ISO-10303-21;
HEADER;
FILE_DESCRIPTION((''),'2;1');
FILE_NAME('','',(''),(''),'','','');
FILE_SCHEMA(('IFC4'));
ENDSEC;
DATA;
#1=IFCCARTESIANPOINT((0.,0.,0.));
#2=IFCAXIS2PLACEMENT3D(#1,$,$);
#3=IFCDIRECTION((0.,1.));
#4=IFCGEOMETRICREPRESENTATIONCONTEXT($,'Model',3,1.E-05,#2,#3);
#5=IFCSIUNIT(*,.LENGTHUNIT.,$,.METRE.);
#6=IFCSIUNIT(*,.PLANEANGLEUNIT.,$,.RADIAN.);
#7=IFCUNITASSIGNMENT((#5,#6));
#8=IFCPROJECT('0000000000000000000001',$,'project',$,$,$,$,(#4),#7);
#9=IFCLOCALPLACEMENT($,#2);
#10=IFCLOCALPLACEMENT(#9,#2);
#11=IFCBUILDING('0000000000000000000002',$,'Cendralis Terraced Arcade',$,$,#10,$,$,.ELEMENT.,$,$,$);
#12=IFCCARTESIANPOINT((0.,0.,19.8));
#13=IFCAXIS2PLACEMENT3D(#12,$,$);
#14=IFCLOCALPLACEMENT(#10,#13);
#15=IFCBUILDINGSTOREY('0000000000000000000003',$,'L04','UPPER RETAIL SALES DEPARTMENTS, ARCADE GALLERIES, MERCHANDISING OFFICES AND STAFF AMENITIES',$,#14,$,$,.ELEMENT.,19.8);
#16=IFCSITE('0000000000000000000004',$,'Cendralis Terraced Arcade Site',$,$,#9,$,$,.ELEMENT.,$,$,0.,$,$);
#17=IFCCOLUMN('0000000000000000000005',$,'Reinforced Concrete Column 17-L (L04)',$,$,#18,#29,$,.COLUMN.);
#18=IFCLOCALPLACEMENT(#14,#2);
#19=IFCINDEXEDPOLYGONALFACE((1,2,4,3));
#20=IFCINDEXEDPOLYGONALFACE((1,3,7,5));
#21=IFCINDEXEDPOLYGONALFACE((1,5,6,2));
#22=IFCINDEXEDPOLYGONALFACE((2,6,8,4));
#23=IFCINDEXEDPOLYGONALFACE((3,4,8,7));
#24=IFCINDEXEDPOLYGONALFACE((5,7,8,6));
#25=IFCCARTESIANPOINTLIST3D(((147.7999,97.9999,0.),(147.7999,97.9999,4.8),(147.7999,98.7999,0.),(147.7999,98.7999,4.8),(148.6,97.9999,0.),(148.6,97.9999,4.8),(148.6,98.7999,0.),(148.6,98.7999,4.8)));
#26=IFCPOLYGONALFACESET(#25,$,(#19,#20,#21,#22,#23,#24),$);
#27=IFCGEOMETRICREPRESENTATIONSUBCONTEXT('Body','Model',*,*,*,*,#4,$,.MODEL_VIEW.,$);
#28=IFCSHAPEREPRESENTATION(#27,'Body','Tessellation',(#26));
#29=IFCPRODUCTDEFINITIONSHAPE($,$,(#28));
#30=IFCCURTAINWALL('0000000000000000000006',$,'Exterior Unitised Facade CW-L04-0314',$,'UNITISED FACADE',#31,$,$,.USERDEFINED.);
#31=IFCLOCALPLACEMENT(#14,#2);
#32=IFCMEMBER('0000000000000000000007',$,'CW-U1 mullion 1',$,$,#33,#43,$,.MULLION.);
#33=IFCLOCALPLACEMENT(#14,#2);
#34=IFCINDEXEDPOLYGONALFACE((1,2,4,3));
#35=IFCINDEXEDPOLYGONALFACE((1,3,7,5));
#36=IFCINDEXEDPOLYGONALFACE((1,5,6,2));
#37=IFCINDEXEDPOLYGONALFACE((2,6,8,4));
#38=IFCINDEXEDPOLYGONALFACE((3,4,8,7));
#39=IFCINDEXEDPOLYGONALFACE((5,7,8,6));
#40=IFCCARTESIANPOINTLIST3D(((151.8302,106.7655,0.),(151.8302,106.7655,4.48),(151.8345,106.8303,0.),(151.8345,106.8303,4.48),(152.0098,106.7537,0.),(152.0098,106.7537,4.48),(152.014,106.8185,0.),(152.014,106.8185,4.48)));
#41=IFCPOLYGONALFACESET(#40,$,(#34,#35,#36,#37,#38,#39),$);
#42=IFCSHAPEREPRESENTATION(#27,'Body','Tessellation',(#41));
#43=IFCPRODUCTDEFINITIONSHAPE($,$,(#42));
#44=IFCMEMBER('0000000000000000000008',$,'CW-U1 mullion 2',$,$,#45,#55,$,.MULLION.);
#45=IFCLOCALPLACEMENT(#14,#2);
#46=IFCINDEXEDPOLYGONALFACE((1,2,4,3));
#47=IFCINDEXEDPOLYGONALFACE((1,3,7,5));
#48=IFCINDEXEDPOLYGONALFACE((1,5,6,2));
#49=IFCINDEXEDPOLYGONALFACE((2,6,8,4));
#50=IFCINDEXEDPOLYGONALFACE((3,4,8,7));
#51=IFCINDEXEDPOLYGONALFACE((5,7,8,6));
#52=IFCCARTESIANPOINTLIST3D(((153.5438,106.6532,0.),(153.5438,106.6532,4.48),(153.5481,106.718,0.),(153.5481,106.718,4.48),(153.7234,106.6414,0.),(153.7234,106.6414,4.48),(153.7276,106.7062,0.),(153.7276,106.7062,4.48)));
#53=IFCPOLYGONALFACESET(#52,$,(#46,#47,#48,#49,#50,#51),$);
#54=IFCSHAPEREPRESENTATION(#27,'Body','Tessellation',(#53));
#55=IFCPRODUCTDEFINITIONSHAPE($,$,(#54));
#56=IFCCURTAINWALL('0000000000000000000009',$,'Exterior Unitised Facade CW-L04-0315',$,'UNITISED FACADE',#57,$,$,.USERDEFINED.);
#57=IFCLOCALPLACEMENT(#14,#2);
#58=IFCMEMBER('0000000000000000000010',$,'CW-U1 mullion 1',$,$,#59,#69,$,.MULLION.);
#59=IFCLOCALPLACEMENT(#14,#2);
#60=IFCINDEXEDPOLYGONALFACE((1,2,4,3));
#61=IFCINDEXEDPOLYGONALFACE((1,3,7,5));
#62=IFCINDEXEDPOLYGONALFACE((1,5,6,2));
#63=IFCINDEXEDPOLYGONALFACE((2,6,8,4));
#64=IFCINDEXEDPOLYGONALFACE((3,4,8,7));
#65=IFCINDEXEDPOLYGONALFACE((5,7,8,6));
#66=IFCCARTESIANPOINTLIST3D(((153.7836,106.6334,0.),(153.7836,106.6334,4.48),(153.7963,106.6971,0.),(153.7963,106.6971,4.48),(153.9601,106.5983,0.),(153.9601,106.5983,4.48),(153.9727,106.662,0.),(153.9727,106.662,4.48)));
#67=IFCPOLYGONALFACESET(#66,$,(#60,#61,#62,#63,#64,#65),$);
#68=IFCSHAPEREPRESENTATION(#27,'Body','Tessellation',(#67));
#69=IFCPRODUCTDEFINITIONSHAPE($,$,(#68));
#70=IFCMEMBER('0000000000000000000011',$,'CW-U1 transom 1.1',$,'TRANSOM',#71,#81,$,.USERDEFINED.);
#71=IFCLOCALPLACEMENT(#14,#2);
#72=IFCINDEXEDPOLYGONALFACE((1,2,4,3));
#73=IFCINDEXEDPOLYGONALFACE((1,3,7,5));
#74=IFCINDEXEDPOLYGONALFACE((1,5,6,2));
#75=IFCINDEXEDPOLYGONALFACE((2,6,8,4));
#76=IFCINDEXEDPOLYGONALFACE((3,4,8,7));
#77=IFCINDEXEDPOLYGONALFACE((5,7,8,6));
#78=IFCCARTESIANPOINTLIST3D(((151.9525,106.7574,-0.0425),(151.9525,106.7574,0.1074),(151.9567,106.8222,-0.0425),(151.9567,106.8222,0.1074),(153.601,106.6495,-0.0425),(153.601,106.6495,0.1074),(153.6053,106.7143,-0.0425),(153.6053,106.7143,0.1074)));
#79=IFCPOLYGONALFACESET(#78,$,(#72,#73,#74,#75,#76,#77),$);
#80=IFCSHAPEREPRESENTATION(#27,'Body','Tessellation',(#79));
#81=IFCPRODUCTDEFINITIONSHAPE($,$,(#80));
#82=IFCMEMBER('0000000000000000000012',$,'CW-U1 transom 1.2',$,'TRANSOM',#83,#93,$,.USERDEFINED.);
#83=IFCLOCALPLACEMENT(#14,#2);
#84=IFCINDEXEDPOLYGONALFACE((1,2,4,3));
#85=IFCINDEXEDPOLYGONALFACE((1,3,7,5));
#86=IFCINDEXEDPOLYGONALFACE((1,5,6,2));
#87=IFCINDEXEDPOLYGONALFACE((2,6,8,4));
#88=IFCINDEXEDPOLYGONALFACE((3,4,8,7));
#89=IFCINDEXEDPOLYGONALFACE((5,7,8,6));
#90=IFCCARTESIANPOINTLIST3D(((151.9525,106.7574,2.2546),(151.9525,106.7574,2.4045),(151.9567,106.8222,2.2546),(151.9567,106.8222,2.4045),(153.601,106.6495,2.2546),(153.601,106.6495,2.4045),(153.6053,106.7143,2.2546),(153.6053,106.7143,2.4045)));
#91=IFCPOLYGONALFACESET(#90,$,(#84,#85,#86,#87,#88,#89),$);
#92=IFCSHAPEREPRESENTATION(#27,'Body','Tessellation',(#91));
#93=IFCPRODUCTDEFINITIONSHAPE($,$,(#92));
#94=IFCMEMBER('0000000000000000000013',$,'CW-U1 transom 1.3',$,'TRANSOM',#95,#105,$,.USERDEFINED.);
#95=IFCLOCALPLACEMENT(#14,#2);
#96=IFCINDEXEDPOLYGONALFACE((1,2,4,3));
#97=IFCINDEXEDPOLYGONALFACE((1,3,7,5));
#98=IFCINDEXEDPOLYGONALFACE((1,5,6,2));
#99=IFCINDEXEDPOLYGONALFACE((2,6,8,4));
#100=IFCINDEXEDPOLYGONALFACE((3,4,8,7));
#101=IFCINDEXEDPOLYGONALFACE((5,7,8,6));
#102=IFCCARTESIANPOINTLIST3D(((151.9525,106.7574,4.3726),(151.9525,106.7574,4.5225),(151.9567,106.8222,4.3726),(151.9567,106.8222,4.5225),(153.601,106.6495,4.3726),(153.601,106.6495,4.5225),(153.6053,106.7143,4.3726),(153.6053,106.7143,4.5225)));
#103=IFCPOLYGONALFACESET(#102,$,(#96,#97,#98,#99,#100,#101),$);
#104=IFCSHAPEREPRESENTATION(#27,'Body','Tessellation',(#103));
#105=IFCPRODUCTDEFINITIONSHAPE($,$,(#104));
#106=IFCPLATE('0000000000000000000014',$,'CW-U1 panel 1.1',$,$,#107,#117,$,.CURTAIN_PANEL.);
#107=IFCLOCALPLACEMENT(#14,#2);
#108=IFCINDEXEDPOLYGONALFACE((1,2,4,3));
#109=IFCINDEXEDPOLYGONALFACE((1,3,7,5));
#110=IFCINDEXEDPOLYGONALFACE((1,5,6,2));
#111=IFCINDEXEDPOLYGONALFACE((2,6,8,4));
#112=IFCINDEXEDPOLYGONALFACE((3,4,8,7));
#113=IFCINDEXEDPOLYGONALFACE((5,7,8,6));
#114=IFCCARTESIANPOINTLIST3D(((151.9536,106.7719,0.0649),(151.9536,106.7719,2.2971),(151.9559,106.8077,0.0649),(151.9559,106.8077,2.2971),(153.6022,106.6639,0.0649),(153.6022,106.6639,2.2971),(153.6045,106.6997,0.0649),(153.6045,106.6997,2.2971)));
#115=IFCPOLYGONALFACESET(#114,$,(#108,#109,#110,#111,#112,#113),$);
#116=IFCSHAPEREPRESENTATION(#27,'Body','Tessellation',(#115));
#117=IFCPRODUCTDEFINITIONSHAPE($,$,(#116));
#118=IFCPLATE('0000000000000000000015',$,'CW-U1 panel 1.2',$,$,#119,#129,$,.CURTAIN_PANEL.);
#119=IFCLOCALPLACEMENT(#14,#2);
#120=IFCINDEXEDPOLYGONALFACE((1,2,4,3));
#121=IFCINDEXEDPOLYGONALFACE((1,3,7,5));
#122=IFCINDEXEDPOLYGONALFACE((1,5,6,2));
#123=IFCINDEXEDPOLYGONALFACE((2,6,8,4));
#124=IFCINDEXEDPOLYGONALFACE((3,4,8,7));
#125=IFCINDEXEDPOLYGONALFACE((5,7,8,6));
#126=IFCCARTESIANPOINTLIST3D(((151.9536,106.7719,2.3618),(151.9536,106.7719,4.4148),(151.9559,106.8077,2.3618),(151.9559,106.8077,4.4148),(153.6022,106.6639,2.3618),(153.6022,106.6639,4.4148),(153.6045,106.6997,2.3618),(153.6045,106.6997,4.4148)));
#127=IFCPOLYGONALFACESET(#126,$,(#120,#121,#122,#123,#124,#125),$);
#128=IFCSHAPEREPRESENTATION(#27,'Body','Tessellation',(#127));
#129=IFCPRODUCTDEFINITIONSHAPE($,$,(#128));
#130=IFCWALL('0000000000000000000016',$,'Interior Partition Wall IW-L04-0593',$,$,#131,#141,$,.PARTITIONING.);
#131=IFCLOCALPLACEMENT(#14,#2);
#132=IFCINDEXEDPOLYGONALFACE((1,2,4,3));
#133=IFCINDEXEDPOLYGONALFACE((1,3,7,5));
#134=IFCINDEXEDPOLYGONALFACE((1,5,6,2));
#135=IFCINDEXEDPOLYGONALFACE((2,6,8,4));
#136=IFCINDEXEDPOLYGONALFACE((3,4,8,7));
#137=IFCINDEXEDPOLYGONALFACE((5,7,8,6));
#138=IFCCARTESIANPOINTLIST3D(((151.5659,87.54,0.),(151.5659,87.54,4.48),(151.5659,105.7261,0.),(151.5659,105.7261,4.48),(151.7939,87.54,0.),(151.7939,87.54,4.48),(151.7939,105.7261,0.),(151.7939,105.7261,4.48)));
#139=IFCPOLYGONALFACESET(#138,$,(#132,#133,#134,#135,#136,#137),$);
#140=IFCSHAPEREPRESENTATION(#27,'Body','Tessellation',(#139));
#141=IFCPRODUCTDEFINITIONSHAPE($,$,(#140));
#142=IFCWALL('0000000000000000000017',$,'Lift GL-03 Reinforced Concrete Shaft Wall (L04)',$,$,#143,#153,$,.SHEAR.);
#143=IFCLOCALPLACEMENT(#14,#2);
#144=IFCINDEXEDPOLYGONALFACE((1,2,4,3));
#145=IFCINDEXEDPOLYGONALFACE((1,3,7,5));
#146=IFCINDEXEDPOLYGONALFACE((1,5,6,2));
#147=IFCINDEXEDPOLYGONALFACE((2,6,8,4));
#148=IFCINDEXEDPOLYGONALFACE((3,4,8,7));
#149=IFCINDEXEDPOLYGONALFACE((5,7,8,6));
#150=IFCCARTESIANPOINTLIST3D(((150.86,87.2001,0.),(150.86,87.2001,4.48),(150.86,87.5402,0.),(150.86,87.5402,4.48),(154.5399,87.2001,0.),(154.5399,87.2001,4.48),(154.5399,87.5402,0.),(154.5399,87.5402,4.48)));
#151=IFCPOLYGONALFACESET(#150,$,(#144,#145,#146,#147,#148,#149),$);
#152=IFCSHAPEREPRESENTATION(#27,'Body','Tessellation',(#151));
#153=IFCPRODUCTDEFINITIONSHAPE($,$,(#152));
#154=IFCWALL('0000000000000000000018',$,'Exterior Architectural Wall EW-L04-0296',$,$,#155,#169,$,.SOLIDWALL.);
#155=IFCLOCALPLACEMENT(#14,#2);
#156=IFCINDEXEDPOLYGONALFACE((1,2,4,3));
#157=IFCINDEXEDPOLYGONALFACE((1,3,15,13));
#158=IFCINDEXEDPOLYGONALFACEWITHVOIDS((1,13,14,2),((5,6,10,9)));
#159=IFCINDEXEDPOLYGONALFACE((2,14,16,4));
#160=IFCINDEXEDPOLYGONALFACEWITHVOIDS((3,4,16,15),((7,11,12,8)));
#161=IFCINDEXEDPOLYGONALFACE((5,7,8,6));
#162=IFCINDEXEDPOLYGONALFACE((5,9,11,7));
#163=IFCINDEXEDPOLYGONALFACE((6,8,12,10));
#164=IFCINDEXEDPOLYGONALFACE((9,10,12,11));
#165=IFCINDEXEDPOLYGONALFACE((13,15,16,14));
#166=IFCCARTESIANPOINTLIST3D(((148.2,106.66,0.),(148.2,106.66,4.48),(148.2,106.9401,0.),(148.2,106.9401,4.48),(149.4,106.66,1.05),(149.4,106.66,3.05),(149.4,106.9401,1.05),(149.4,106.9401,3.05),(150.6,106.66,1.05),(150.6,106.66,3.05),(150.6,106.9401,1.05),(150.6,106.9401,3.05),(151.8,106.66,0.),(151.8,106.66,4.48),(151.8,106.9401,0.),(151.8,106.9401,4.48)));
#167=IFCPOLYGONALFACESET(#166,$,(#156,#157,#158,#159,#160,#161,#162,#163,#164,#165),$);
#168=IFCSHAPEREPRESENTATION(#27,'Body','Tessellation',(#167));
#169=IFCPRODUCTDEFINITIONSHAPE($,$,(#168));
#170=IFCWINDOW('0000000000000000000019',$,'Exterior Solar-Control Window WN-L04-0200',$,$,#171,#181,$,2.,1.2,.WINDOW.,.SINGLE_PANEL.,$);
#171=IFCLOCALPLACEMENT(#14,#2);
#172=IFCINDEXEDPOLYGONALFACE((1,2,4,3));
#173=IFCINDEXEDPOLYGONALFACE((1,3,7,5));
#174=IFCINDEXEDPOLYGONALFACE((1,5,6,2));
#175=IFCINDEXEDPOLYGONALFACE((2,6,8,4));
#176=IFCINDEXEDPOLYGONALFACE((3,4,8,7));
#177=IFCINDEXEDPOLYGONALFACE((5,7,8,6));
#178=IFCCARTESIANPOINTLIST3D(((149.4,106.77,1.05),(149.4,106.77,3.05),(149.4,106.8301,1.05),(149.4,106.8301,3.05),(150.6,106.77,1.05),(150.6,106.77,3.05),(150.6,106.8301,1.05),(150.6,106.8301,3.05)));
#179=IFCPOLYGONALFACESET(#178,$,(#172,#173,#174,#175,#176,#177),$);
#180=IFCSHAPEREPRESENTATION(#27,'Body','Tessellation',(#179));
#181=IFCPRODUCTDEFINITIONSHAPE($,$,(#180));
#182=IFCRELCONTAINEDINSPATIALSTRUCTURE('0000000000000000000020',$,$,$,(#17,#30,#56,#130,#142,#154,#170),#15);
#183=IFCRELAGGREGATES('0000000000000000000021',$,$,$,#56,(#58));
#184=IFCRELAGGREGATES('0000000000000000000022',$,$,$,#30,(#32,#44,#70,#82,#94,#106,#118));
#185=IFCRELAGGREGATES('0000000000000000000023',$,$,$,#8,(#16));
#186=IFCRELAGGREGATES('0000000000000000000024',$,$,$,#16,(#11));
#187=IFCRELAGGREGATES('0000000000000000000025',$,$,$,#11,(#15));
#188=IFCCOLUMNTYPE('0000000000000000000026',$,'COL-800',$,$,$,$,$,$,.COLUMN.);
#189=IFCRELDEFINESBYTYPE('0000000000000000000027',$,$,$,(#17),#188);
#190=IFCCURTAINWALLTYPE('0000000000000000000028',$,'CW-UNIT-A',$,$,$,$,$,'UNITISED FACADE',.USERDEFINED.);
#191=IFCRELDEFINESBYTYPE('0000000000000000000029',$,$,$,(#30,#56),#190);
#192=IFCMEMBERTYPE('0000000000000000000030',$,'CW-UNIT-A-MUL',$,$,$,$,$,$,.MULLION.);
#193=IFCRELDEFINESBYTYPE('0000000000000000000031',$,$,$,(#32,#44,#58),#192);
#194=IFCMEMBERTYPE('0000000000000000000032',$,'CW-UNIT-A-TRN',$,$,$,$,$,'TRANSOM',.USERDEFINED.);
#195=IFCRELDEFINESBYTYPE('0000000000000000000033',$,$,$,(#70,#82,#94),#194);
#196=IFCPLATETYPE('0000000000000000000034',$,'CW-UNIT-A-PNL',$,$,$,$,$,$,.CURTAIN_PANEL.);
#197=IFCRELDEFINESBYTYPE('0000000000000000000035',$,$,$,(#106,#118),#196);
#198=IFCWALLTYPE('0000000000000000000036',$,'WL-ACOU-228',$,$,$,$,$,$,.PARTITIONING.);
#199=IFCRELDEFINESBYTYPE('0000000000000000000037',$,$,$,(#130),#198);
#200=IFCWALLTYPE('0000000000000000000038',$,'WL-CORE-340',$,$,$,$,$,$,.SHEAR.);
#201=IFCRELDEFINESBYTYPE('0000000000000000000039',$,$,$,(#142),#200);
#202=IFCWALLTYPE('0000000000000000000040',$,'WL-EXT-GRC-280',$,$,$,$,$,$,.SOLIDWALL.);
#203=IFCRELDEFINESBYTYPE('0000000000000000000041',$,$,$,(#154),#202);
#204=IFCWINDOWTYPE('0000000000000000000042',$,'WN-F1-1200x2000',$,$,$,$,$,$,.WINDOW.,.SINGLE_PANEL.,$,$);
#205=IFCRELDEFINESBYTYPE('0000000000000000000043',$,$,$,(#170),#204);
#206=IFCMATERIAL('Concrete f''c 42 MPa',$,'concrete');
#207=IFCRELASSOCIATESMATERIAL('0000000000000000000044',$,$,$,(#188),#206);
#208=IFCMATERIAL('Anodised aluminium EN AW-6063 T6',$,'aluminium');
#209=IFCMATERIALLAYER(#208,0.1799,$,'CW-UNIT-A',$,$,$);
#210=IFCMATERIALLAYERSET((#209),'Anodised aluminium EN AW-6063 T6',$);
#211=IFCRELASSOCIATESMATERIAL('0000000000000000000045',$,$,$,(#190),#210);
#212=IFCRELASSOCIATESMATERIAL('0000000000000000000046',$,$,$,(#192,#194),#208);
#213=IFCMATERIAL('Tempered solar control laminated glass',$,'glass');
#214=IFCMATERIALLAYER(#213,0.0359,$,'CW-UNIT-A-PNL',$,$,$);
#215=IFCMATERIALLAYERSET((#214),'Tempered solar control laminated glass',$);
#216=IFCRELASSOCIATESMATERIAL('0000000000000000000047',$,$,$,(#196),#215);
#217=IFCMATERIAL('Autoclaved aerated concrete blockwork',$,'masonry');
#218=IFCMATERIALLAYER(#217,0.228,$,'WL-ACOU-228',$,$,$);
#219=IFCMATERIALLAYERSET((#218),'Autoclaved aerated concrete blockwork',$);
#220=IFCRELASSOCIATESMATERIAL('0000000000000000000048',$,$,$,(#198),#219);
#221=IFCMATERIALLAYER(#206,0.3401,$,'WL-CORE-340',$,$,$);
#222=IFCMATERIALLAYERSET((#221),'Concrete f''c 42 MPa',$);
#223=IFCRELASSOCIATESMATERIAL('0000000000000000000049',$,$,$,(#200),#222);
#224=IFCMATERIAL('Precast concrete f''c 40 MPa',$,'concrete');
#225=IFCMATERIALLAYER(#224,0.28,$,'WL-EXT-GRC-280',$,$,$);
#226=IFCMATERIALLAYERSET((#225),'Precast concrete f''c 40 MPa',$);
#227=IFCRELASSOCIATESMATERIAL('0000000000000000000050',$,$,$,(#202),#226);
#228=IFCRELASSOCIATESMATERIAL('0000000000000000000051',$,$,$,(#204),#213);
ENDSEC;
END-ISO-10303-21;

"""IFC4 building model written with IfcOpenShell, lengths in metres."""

from ifc_helpers import new_model, si_unit, direction, frame, frame_2d, origin, origin_2d, place, context, subcontext, project, spatial, rectangle, extrude, material, layer, layer_set, material_profile, profile_set, type_object, element, fill, aggregate, save


model = new_model("IFC4")

# Units and contexts
model_context = context("Model", 3, precision=1e-05, world=origin(), true_north=direction((0.0, 1.0)))
body_context = subcontext(model_context, "Body", "Model", "MODEL_VIEW")
ifc_project = project(units=[si_unit("LENGTHUNIT", "METRE"), si_unit("PLANEANGLEUNIT", "RADIAN")], contexts=[model_context])

# Site, building, storey
site_placement = place(None, origin())
site = spatial("IfcSite", under=ifc_project, at=site_placement, Name="Cendralis Terraced Arcade Site", CompositionType="ELEMENT", RefElevation=0.0)
building_placement = place(site_placement, origin())
building = spatial("IfcBuilding", under=site, at=building_placement, Name="Cendralis Terraced Arcade", CompositionType="ELEMENT")
storey_placement = place(building_placement, frame((0.0, 0.0, 19.8)))
storey = spatial("IfcBuildingStorey", under=building, at=storey_placement, Name="L04", Description="UPPER RETAIL SALES DEPARTMENTS, ARCADE GALLERIES, MERCHANDISING OFFICES AND STAFF AMENITIES", CompositionType="ELEMENT", Elevation=19.8)

# Column
ifc_material_1 = material(Name="Concrete f'c 42 MPa", Category="concrete")
ifc_material_profile_1 = material_profile(ifc_material_1, rectangle(XDim=0.8, YDim=0.8, at=origin_2d()), Name="RC-COL-800x800", Category="LoadBearing")
ifc_profile_set_1 = profile_set([ifc_material_profile_1], Name="Concrete f'c 42 MPa")
column_type = type_object("IfcColumnType", Name="COL-800", PredefinedType="COLUMN", material=ifc_profile_set_1)
column_placement = place(storey_placement, frame((148.2, 98.3999, 0.0), z_axis=(0.0, 0.0, 1.0), x_axis=(1.0, 0.0, 0.0)))
element("IfcColumn", 1, at=column_placement, inside=storey, type_object=column_type, Name="Reinforced Concrete Column 17-L (L04)", PredefinedType="COLUMN", context=body_context, shape_type="SweptSolid", body=[
    extrude(rectangle(XDim=0.8, YDim=0.8, at=origin_2d()), origin(), (0.0, 0.0, 1.0), 4.8),
])

# Curtain wall, members
ifc_material_2 = material(Name="Anodised aluminium EN AW-6063 T6", Category="aluminium")
ifc_layer_1 = layer(ifc_material_2, 0.1799, Name="CW-UNIT-A")
ifc_layer_set_1 = layer_set([ifc_layer_1], Name="Anodised aluminium EN AW-6063 T6")
curtain_wall_type = type_object("IfcCurtainWallType", Name="CW-UNIT-A", ElementType="UNITISED FACADE", PredefinedType="USERDEFINED", material=ifc_layer_set_1)
curtain_wall_1_placement = place(storey_placement, origin())
curtain_wall_1 = element("IfcCurtainWall", 2, at=curtain_wall_1_placement, inside=storey, type_object=curtain_wall_type, Name="Exterior Unitised Facade CW-L04-0314", ObjectType="UNITISED FACADE", PredefinedType="USERDEFINED")
ifc_material_profile_2 = material_profile(ifc_material_2, rectangle(XDim=0.0649, YDim=0.1799, at=origin_2d()), Name="ALU-MUL-65x180")
ifc_profile_set_2 = profile_set([ifc_material_profile_2], Name="Anodised aluminium EN AW-6063 T6")
member_type_1 = type_object("IfcMemberType", Name="CW-UNIT-A-MUL", PredefinedType="MULLION", material=ifc_profile_set_2)
member_1_placement = place(storey_placement, frame((151.9221, 106.792, 0.0), z_axis=(0.0, 0.0, 1.0), x_axis=(0.065372, 0.997861, 0.0)))
member_1 = element("IfcMember", 3, at=member_1_placement, type_object=member_type_1, Name="CW-U1 mullion 1", PredefinedType="MULLION", context=body_context, shape_type="SweptSolid", body=[
    extrude(rectangle(XDim=0.0649, YDim=0.1799, at=origin_2d()), origin(), (0.0, 0.0, 1.0), 4.48),
])
member_2_placement = place(storey_placement, frame((153.6357, 106.6797, 0.0), z_axis=(0.0, 0.0, 1.0), x_axis=(0.065372, 0.997861, 0.0)))
member_2 = element("IfcMember", 4, at=member_2_placement, type_object=member_type_1, Name="CW-U1 mullion 2", PredefinedType="MULLION", context=body_context, shape_type="SweptSolid", body=[
    extrude(rectangle(XDim=0.0649, YDim=0.1799, at=origin_2d()), origin(), (0.0, 0.0, 1.0), 4.48),
])

# Curtain wall, member
curtain_wall_2_placement = place(storey_placement, origin())
curtain_wall_2 = element("IfcCurtainWall", 5, at=curtain_wall_2_placement, inside=storey, type_object=curtain_wall_type, Name="Exterior Unitised Facade CW-L04-0315", ObjectType="UNITISED FACADE", PredefinedType="USERDEFINED")
member_3_placement = place(storey_placement, frame((153.8782, 106.6477, 0.0), z_axis=(0.0, 0.0, 1.0), x_axis=(0.195058, 0.980792, 0.0)))
member_3 = element("IfcMember", 6, at=member_3_placement, type_object=member_type_1, Name="CW-U1 mullion 1", PredefinedType="MULLION", context=body_context, shape_type="SweptSolid", body=[
    extrude(rectangle(XDim=0.0649, YDim=0.1799, at=origin_2d()), origin(), (0.0, 0.0, 1.0), 4.48),
])
aggregate(curtain_wall_2, [member_3])

# Members
ifc_material_profile_3 = material_profile(ifc_material_2, rectangle(XDim=0.0649, YDim=0.1499, at=origin_2d()), Name="ALU-TRN-65x150")
ifc_profile_set_3 = profile_set([ifc_material_profile_3], Name="Anodised aluminium EN AW-6063 T6")
member_type_2 = type_object("IfcMemberType", Name="CW-UNIT-A-TRN", ElementType="TRANSOM", PredefinedType="USERDEFINED", material=ifc_profile_set_3)
member_4_placement = place(storey_placement, frame((151.9546, 106.7898, 0.0325), z_axis=(0.997865, -0.065313, 0.0), x_axis=(0.065313, 0.997865, 0.0)))
member_4 = element("IfcMember", 7, at=member_4_placement, type_object=member_type_2, Name="CW-U1 transom 1.1", ObjectType="TRANSOM", PredefinedType="USERDEFINED", context=body_context, shape_type="SweptSolid", body=[
    extrude(rectangle(XDim=0.0649, YDim=0.1499, at=origin_2d()), origin(), (0.0, 0.0, 1.0), 1.6521),
])
member_5_placement = place(storey_placement, frame((151.9546, 106.7898, 2.3296), z_axis=(0.997865, -0.065313, 0.0), x_axis=(0.065313, 0.997865, 0.0)))
member_5 = element("IfcMember", 8, at=member_5_placement, type_object=member_type_2, Name="CW-U1 transom 1.2", ObjectType="TRANSOM", PredefinedType="USERDEFINED", context=body_context, shape_type="SweptSolid", body=[
    extrude(rectangle(XDim=0.0649, YDim=0.1499, at=origin_2d()), origin(), (0.0, 0.0, 1.0), 1.6521),
])
member_6_placement = place(storey_placement, frame((151.9546, 106.7898, 4.4475), z_axis=(0.997865, -0.065313, 0.0), x_axis=(0.065313, 0.997865, 0.0)))
member_6 = element("IfcMember", 9, at=member_6_placement, type_object=member_type_2, Name="CW-U1 transom 1.3", ObjectType="TRANSOM", PredefinedType="USERDEFINED", context=body_context, shape_type="SweptSolid", body=[
    extrude(rectangle(XDim=0.0649, YDim=0.1499, at=origin_2d()), origin(), (0.0, 0.0, 1.0), 1.6521),
])

# Plates
ifc_material_3 = material(Name="Tempered solar control laminated glass", Category="glass")
ifc_layer_2 = layer(ifc_material_3, 0.0359, Name="CW-UNIT-A-PNL")
ifc_layer_set_2 = layer_set([ifc_layer_2], Name="Tempered solar control laminated glass")
plate_type = type_object("IfcPlateType", Name="CW-UNIT-A-PNL", PredefinedType="CURTAIN_PANEL", material=ifc_layer_set_2)
plate_1_placement = place(storey_placement, frame((152.7791, 106.7358, 0.0649), z_axis=(0.0, 0.0, 1.0), x_axis=(0.997861, -0.065372, 0.0)))
plate_1 = element("IfcPlate", 10, at=plate_1_placement, type_object=plate_type, Name="CW-U1 panel 1.1", PredefinedType="CURTAIN_PANEL", context=body_context, shape_type="SweptSolid", body=[
    extrude(rectangle(XDim=1.6521, YDim=0.0359, at=origin_2d()), origin(), (0.0, 0.0, 1.0), 2.2322),
])
plate_2_placement = place(storey_placement, frame((152.7791, 106.7358, 2.3618), z_axis=(0.0, 0.0, 1.0), x_axis=(0.997861, -0.065372, 0.0)))
plate_2 = element("IfcPlate", 11, at=plate_2_placement, type_object=plate_type, Name="CW-U1 panel 1.2", PredefinedType="CURTAIN_PANEL", context=body_context, shape_type="SweptSolid", body=[
    extrude(rectangle(XDim=1.6521, YDim=0.0359, at=origin_2d()), origin(), (0.0, 0.0, 1.0), 2.053),
])
aggregate(curtain_wall_1, [member_1, member_2, member_4, member_5, member_6, plate_1, plate_2])

# Walls
ifc_material_4 = material(Name="Autoclaved aerated concrete blockwork", Category="masonry")
ifc_layer_3 = layer(ifc_material_4, 0.228, Name="WL-ACOU-228")
ifc_layer_set_3 = layer_set([ifc_layer_3], Name="Autoclaved aerated concrete blockwork")
wall_type_1 = type_object("IfcWallType", Name="WL-ACOU-228", PredefinedType="PARTITIONING", material=ifc_layer_set_3)
wall_1_placement = place(storey_placement, frame((151.6799, 87.54, 0.0), z_axis=(0.0, 0.0, 1.0), x_axis=(0.0, 1.0, 0.0)))
element("IfcWall", 12, at=wall_1_placement, inside=storey, type_object=wall_type_1, Name="Interior Partition Wall IW-L04-0593", PredefinedType="PARTITIONING", context=body_context, shape_type="SweptSolid", body=[
    extrude(rectangle(XDim=18.186, YDim=0.228, at=frame_2d((9.093, 0.0))), origin(), (0.0, 0.0, 1.0), 4.48),
])
ifc_layer_4 = layer(ifc_material_1, 0.3401, Name="WL-CORE-340")
ifc_layer_set_4 = layer_set([ifc_layer_4], Name="Concrete f'c 42 MPa")
wall_type_2 = type_object("IfcWallType", Name="WL-CORE-340", PredefinedType="SHEAR", material=ifc_layer_set_4)
wall_2_placement = place(storey_placement, frame((150.8601, 87.3701, 0.0), z_axis=(0.0, 0.0, 1.0), x_axis=(1.0, 0.0, 0.0)))
element("IfcWall", 13, at=wall_2_placement, inside=storey, type_object=wall_type_2, Name="Lift GL-03 Reinforced Concrete Shaft Wall (L04)", PredefinedType="SHEAR", context=body_context, shape_type="SweptSolid", body=[
    extrude(rectangle(XDim=3.6799, YDim=0.3401, at=frame_2d((1.8398, 0.0))), origin(), (0.0, 0.0, 1.0), 4.48),
])

# Wall, opening, window
ifc_material_5 = material(Name="Precast concrete f'c 40 MPa", Category="concrete")
ifc_layer_5 = layer(ifc_material_5, 0.28, Name="WL-EXT-GRC-280")
ifc_layer_set_5 = layer_set([ifc_layer_5], Name="Precast concrete f'c 40 MPa")
wall_type_3 = type_object("IfcWallType", Name="WL-EXT-GRC-280", PredefinedType="SOLIDWALL", material=ifc_layer_set_5)
wall_3_placement = place(storey_placement, frame((148.2, 106.8, 0.0), z_axis=(0.0, 0.0, 1.0), x_axis=(1.0, 0.0, 0.0)))
wall_3 = element("IfcWall", 14, at=wall_3_placement, inside=storey, type_object=wall_type_3, Name="Exterior Architectural Wall EW-L04-0296", PredefinedType="SOLIDWALL", context=body_context, shape_type="SweptSolid", body=[
    extrude(rectangle(XDim=3.6001, YDim=0.28, at=frame_2d((1.8, 0.0))), origin(), (0.0, 0.0, 1.0), 4.48),
])
opening_placement = place(wall_3_placement, frame((1.2, 0.0, 1.05)))
opening = element("IfcOpeningElement", 15, at=opening_placement, cuts=wall_3, PredefinedType="OPENING", context=body_context, shape_type="SweptSolid", body=[
    extrude(rectangle(XDim=1.2, YDim=2.0, at=frame_2d((0.6001, 1.0))), frame((0.0, 0.1519, 0.0), z_axis=(0.0, -1.0, 0.0), x_axis=(1.0, 0.0, 0.0)), (0.0, 0.0, 1.0), 0.304),
])
window_type = type_object("IfcWindowType", Name="WN-F1-1200x2000", PartitioningType="SINGLE_PANEL", PredefinedType="WINDOW", material=ifc_material_3)
window_placement = place(opening_placement, origin())
window = element("IfcWindow", 16, at=window_placement, inside=storey, type_object=window_type, Name="Exterior Solar-Control Window WN-L04-0200", OverallHeight=2.0, OverallWidth=1.2, PartitioningType="SINGLE_PANEL", PredefinedType="WINDOW", context=body_context, shape_type="SweptSolid", body=[
    extrude(rectangle(XDim=1.2, YDim=2.0, at=frame_2d((0.6001, 1.0))), frame((0.0, 0.03, 0.0), z_axis=(0.0, -1.0, 0.0), x_axis=(1.0, 0.0, 0.0)), (0.0, 0.0, 1.0), 0.0601),
])
fill(opening, window)

save(model, "model.ifc")
